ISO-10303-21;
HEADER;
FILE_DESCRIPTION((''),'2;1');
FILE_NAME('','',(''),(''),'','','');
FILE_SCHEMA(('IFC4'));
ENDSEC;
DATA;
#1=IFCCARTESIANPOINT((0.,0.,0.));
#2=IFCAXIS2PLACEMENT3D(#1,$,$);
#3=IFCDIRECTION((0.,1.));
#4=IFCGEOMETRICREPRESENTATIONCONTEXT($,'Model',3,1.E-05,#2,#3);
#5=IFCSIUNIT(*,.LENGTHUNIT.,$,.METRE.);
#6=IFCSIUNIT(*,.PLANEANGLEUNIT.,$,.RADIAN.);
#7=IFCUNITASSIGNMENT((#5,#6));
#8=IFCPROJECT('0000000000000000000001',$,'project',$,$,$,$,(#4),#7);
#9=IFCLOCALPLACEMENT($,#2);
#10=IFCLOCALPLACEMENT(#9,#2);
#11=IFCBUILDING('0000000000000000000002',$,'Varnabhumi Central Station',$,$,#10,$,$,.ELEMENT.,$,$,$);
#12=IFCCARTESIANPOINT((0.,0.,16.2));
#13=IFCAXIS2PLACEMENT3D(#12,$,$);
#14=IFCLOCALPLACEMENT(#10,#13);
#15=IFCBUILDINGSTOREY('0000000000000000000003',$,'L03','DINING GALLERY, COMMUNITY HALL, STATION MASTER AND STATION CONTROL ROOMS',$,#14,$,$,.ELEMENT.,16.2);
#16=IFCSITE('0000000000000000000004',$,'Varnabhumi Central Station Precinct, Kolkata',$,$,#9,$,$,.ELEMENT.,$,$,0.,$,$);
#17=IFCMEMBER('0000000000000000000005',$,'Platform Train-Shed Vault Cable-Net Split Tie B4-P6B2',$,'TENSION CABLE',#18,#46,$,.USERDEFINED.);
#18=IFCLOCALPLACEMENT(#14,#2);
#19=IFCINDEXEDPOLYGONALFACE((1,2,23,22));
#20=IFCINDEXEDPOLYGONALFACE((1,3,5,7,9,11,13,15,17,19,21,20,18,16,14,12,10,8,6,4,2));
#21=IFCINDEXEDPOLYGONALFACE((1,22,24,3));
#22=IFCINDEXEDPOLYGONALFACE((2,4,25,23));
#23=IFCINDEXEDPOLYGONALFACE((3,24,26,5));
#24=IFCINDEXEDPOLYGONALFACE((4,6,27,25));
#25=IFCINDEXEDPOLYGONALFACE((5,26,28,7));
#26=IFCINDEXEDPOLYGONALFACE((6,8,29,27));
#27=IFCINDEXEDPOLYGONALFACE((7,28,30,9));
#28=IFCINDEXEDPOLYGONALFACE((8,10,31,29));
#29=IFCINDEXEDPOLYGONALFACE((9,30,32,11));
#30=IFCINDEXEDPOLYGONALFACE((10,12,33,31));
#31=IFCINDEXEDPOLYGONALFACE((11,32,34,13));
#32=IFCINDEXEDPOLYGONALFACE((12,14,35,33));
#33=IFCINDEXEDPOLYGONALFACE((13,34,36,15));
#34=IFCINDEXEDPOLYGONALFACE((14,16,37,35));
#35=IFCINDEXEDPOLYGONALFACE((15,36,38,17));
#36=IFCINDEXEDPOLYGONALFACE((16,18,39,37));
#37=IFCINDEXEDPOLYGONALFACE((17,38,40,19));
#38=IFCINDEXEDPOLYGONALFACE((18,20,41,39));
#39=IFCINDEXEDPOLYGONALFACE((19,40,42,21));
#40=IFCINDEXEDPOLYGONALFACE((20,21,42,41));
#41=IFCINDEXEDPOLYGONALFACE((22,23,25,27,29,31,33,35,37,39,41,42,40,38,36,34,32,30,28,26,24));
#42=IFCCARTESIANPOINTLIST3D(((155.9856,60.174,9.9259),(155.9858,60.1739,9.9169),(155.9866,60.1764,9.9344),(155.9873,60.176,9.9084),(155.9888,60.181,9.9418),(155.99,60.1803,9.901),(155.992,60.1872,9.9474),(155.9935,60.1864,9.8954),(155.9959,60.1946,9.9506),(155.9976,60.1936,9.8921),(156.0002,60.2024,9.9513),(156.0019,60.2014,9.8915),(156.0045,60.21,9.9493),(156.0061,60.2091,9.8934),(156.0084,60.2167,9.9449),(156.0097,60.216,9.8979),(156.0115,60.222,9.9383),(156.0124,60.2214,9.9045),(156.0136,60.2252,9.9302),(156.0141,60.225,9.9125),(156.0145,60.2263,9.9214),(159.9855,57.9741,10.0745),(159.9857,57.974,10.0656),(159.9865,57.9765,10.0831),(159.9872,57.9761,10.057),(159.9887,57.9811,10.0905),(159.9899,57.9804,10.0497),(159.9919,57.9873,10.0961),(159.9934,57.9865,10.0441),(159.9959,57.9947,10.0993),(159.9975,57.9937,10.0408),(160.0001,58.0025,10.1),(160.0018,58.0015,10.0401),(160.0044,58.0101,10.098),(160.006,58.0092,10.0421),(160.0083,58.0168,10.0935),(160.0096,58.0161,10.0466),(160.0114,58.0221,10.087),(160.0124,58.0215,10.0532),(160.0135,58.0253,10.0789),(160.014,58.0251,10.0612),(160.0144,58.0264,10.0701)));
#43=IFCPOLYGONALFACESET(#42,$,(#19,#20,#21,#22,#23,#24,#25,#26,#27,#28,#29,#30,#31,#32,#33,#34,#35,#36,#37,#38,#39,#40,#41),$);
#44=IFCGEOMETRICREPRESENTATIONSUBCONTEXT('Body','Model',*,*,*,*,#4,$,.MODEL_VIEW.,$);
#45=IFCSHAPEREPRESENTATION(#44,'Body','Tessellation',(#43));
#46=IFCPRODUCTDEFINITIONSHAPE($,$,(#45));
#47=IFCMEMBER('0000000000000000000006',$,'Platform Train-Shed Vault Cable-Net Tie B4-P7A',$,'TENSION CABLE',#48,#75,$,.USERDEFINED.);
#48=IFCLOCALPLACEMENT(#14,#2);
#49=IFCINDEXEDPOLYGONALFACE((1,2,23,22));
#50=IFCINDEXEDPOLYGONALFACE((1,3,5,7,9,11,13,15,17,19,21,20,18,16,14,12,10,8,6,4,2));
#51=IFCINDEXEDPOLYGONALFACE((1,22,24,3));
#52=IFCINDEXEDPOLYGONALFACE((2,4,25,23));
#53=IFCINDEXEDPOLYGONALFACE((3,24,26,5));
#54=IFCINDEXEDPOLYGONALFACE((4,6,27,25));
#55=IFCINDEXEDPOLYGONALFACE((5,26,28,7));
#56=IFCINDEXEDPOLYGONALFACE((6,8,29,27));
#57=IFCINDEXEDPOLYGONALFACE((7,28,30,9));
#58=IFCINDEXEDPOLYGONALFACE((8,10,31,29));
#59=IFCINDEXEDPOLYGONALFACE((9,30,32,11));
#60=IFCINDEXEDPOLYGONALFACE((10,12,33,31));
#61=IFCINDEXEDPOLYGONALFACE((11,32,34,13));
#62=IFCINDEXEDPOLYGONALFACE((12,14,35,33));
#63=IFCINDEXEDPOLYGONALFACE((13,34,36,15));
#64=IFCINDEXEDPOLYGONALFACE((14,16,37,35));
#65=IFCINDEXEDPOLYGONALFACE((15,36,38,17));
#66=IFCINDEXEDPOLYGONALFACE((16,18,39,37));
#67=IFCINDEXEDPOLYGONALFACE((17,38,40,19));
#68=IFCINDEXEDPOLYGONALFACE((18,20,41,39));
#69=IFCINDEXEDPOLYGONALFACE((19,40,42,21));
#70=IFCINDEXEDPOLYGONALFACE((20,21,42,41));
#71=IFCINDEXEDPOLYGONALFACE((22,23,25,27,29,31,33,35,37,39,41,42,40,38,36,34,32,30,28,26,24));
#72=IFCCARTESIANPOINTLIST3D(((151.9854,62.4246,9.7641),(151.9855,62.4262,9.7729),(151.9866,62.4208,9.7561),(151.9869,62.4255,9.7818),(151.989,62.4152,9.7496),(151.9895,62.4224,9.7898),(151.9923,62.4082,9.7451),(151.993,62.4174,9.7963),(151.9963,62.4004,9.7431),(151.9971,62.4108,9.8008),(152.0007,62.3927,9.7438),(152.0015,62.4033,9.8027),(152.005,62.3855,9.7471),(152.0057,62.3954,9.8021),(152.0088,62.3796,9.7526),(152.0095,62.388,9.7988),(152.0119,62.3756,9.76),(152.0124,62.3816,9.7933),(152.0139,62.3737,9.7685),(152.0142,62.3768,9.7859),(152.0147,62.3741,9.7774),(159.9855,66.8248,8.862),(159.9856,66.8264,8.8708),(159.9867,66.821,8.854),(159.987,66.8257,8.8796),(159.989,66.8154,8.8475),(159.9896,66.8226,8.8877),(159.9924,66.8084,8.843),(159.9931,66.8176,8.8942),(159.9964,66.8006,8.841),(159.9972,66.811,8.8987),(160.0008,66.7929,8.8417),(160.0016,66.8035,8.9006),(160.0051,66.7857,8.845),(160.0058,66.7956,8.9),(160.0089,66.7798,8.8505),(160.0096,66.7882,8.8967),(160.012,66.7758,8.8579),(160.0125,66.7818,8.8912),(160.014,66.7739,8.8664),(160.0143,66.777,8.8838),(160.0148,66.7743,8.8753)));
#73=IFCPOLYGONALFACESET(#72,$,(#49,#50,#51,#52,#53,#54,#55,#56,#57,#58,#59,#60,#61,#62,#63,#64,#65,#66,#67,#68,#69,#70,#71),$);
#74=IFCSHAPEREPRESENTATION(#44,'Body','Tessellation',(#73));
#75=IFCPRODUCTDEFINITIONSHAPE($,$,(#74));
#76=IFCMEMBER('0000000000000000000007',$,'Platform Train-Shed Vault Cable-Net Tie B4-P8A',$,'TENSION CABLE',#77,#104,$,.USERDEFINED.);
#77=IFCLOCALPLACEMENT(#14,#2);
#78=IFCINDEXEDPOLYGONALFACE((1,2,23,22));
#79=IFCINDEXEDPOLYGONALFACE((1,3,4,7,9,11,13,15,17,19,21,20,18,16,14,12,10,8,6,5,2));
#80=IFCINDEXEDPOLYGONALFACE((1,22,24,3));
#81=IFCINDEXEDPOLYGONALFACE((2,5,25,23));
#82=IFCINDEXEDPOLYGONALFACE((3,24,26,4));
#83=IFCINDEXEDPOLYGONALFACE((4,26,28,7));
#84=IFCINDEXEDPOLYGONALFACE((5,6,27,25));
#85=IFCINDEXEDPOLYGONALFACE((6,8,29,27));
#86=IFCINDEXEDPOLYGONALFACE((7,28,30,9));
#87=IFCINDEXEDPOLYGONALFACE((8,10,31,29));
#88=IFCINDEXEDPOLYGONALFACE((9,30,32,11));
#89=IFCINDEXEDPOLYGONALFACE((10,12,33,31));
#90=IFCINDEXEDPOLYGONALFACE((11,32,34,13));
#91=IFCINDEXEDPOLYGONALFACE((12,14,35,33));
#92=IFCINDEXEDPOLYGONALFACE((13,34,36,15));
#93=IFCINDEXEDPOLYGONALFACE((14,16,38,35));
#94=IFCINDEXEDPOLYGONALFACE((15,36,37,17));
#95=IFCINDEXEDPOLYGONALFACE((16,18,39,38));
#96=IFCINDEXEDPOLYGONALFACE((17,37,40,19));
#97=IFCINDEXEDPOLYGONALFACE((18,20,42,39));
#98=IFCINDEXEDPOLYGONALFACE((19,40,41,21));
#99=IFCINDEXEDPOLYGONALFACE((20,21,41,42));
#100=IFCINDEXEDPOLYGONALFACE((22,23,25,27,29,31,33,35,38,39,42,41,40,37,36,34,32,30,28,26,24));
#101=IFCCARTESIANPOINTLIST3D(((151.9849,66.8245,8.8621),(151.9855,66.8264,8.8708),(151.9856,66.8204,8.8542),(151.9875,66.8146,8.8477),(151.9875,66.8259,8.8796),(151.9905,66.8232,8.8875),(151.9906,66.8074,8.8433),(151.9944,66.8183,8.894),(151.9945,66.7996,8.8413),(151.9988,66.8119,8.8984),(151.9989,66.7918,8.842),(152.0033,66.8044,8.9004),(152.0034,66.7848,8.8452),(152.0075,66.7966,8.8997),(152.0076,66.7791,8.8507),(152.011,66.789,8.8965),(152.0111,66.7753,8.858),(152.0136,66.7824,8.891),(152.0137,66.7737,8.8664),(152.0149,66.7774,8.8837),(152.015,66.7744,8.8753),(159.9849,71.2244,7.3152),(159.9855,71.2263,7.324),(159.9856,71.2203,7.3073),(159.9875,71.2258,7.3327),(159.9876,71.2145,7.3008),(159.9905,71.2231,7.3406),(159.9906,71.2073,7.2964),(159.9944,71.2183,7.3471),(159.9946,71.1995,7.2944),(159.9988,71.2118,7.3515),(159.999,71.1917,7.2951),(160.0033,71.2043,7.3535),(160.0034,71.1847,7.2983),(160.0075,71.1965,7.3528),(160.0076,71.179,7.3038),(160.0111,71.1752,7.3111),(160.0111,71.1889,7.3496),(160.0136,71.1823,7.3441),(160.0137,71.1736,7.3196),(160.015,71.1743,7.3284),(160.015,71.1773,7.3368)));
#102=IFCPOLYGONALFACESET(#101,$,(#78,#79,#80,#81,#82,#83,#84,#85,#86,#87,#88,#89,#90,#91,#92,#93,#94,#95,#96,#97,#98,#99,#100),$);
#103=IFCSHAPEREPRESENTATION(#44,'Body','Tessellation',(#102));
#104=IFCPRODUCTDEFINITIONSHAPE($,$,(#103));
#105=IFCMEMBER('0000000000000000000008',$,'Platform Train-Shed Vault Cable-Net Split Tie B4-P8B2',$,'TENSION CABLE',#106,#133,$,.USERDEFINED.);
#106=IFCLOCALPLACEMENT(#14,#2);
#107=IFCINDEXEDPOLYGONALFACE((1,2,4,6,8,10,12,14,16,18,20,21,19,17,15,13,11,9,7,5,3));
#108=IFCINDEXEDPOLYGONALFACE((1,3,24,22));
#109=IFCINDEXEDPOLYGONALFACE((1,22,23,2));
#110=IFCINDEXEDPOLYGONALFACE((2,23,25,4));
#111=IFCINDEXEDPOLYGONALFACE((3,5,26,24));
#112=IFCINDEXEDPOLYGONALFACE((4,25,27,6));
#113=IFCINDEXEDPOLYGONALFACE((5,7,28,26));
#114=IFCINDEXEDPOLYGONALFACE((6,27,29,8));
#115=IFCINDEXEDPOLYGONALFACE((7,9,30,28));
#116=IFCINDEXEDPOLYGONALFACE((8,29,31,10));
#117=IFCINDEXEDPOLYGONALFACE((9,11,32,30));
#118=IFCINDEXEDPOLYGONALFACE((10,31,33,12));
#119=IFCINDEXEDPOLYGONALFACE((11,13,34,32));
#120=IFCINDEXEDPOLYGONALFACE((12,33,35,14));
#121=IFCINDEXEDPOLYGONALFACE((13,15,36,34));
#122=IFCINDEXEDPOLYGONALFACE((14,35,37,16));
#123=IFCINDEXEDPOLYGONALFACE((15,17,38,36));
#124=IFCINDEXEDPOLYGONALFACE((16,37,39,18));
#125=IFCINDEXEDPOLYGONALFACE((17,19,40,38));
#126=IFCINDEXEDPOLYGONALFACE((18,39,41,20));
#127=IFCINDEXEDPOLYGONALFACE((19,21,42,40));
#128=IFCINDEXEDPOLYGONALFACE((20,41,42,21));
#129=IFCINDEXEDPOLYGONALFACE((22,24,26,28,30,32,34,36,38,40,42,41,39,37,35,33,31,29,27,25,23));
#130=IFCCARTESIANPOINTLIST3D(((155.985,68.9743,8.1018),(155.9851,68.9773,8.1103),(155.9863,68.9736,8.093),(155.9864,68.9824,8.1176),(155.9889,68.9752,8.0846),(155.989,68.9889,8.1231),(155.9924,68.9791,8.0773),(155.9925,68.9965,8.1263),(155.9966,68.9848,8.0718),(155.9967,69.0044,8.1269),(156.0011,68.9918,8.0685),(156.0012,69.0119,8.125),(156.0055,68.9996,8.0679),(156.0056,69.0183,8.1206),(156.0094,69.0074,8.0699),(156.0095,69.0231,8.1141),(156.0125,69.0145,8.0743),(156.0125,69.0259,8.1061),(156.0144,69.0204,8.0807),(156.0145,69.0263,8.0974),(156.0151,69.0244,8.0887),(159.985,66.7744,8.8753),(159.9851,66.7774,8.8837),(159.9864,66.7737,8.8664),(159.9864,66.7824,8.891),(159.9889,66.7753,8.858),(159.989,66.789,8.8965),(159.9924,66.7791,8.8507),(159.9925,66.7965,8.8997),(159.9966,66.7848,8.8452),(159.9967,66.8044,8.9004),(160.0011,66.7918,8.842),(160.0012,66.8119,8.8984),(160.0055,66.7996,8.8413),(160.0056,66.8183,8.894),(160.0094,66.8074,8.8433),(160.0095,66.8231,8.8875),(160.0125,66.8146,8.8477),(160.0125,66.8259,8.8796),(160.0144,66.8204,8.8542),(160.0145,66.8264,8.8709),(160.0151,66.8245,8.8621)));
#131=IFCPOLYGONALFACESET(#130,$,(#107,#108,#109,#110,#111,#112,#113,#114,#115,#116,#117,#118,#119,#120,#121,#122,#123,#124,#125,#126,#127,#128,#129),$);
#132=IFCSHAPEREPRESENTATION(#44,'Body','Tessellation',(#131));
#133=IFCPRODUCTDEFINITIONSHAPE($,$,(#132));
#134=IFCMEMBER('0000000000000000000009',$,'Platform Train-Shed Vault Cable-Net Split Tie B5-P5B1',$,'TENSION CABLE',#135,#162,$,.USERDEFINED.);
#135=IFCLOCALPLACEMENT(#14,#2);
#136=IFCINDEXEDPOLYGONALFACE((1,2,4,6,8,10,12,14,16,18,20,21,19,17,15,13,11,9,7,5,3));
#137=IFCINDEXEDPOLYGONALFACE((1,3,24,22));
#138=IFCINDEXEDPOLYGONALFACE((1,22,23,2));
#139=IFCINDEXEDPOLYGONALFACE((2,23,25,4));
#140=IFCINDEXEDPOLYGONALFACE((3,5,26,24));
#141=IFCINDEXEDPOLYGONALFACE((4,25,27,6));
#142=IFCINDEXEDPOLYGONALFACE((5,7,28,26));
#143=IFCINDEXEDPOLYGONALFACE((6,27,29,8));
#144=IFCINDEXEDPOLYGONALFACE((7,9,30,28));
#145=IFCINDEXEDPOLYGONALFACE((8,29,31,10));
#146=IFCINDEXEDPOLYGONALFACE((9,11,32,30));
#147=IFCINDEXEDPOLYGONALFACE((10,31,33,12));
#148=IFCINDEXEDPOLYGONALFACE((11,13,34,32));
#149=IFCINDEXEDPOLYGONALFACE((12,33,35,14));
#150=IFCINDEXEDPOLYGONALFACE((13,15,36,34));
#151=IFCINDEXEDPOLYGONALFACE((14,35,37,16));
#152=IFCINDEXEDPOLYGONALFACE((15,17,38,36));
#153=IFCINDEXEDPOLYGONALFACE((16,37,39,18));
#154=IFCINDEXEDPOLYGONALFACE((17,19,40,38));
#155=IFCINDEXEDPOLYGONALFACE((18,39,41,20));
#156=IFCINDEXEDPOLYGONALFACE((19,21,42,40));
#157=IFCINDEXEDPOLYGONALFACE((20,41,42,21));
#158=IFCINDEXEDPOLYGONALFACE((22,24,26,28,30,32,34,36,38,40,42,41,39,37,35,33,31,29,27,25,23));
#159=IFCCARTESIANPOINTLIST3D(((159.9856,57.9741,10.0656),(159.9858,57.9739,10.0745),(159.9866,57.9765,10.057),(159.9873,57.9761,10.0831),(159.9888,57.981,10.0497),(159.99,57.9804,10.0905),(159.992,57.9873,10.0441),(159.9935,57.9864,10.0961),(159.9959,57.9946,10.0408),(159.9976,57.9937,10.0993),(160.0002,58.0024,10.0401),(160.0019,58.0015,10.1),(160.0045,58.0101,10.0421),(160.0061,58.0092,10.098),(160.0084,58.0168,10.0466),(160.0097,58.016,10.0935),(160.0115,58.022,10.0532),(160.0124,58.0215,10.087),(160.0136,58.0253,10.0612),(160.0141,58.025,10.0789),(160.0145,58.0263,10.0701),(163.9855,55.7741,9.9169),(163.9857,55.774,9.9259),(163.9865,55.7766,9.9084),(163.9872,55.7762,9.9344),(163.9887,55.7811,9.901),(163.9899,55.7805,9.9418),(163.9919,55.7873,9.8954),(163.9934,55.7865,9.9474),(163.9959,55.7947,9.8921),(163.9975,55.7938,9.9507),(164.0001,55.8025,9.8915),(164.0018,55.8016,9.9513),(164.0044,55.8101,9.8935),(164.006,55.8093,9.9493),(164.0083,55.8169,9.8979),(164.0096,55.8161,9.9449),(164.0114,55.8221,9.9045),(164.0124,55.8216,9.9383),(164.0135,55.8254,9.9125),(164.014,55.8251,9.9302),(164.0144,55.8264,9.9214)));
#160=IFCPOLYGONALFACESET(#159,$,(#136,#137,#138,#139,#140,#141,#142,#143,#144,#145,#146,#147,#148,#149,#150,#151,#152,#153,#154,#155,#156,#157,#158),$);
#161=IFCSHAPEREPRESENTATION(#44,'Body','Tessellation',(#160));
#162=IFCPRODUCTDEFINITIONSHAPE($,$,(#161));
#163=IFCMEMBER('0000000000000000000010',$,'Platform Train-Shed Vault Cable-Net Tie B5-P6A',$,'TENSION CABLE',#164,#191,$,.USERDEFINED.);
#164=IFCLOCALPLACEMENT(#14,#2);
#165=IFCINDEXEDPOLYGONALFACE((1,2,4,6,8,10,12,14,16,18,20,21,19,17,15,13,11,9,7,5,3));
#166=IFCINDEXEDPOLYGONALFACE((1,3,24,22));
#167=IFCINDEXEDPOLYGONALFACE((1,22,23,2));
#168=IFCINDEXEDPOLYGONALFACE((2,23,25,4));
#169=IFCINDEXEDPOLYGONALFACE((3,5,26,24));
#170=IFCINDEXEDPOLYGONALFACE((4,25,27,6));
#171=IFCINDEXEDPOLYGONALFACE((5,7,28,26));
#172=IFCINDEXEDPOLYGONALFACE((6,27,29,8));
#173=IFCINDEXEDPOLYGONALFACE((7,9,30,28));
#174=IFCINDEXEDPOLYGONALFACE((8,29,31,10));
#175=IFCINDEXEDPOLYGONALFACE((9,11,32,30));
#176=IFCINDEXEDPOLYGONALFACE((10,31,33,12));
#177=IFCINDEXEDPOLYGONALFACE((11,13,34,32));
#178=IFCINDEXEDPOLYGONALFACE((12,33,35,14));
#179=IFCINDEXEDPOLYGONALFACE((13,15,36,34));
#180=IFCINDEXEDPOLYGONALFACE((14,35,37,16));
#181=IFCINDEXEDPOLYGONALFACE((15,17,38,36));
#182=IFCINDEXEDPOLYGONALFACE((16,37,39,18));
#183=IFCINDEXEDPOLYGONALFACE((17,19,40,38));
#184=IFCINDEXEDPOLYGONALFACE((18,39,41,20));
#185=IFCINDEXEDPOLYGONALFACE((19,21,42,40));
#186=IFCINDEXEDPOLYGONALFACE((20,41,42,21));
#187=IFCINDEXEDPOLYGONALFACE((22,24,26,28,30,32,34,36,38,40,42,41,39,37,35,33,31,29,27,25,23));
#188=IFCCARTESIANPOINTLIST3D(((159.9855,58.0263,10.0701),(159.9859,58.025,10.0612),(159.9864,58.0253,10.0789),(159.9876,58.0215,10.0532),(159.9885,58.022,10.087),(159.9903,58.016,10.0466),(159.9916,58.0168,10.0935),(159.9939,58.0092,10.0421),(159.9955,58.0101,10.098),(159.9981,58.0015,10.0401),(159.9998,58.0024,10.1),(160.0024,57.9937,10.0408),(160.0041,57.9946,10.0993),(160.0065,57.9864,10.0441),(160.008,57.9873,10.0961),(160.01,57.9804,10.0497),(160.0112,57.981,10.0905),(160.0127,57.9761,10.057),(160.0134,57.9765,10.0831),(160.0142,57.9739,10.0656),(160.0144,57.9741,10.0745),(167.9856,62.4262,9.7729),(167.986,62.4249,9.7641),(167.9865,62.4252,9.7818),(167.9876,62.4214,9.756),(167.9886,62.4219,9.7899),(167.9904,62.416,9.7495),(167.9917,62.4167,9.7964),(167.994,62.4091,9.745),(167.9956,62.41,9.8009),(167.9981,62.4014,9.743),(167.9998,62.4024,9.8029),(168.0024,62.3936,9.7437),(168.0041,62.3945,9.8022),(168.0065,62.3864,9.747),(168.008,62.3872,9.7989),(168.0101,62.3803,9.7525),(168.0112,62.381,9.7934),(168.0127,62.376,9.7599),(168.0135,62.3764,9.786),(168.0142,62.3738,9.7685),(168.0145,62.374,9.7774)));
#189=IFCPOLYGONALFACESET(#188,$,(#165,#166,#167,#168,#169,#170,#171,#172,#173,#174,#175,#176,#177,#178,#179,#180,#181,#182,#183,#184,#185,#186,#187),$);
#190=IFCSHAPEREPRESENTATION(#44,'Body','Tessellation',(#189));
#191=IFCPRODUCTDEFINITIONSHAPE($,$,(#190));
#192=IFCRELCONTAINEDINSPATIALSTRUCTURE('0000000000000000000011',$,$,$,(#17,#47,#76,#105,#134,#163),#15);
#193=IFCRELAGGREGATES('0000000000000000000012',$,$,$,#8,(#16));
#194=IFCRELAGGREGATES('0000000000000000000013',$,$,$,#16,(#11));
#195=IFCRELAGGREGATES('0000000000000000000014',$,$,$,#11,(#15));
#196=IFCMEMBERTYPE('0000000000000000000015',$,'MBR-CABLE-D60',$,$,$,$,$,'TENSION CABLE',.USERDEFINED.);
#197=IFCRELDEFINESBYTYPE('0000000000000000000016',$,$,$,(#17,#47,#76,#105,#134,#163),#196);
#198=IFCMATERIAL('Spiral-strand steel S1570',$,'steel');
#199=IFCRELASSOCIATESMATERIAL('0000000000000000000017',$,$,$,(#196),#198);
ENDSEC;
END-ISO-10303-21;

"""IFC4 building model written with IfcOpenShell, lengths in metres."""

from ifc_helpers import new_model, si_unit, direction, frame, origin, origin_2d, place, context, subcontext, project, spatial, circle, extrude, material, material_profile, profile_set, type_object, element, save


model = new_model("IFC4")

# Units and contexts
model_context = context("Model", 3, precision=1e-05, world=origin(), true_north=direction((0.0, 1.0)))
body_context = subcontext(model_context, "Body", "Model", "MODEL_VIEW")
ifc_project = project(units=[si_unit("LENGTHUNIT", "METRE"), si_unit("PLANEANGLEUNIT", "RADIAN")], contexts=[model_context])

# Site, building, storey
site_placement = place(None, origin())
site = spatial("IfcSite", under=ifc_project, at=site_placement, Name="Varnabhumi Central Station Precinct, Kolkata", CompositionType="ELEMENT", RefElevation=0.0)
building_placement = place(site_placement, origin())
building = spatial("IfcBuilding", under=site, at=building_placement, Name="Varnabhumi Central Station", CompositionType="ELEMENT")
storey_placement = place(building_placement, frame((0.0, 0.0, 16.2)))
storey = spatial("IfcBuildingStorey", under=building, at=storey_placement, Name="L03", Description="DINING GALLERY, COMMUNITY HALL, STATION MASTER AND STATION CONTROL ROOMS", CompositionType="ELEMENT", Elevation=16.2)

# Members
ifc_material_1 = material(Name="Spiral-strand steel S1570", Category="steel")
ifc_material_profile_1 = material_profile(ifc_material_1, circle(Radius=0.03, at=origin_2d()), Name="Spiral-strand steel S1570", Category="steel")
ifc_profile_set_1 = profile_set([ifc_material_profile_1], Name="Spiral-strand steel S1570")
member_type = type_object("IfcMemberType", Name="MBR-CABLE-D60", ElementType="TENSION CABLE", PredefinedType="USERDEFINED", material=ifc_profile_set_1)
for number, where, z_axis, x_axis, name in (
    (1, (156.0, 60.2, 9.9214), (0.875756, -0.481655, 0.032552), (0.481911, 0.87622, 0.0), "Platform Train-Shed Vault Cable-Net Split Tie B4-P6B2"),
):
    element("IfcMember", number, at=place(storey_placement, frame(where, z_axis=z_axis, x_axis=x_axis)), inside=storey, type_object=member_type, Name=name, ObjectType="TENSION CABLE", PredefinedType="USERDEFINED", context=body_context, shape_type="SweptSolid", body=[
        extrude(circle(Radius=0.03, at=origin_2d()), origin(), (0.0, 0.0, 1.0), 4.5674),
    ])
member_1_placement = place(storey_placement, frame((152.0, 62.3999, 9.7729), z_axis=(0.871963, 0.479596, -0.098325), x_axis=(-0.481931, 0.876209, 0.0)))
element("IfcMember", 2, at=member_1_placement, inside=storey, type_object=member_type, Name="Platform Train-Shed Vault Cable-Net Tie B4-P7A", ObjectType="TENSION CABLE", PredefinedType="USERDEFINED", context=body_context, shape_type="SweptSolid", body=[
    extrude(circle(Radius=0.03, at=origin_2d()), origin(), (0.0, 0.0, 1.0), 9.1748),
])
member_2_placement = place(storey_placement, frame((152.0, 66.8, 8.8708), z_axis=(0.863909, 0.475139, -0.167045), x_axis=(-0.481911, 0.87622, 0.0)))
element("IfcMember", 3, at=member_2_placement, inside=storey, type_object=member_type, Name="Platform Train-Shed Vault Cable-Net Tie B4-P8A", ObjectType="TENSION CABLE", PredefinedType="USERDEFINED", context=body_context, shape_type="SweptSolid", body=[
    extrude(circle(Radius=0.03, at=origin_2d()), origin(), (0.0, 0.0, 1.0), 9.2603),
])
member_3_placement = place(storey_placement, frame((156.0, 69.0, 8.0974), z_axis=(0.863909, -0.475139, 0.167045), x_axis=(0.481911, 0.87622, 0.0)))
element("IfcMember", 4, at=member_3_placement, inside=storey, type_object=member_type, Name="Platform Train-Shed Vault Cable-Net Split Tie B4-P8B2", ObjectType="TENSION CABLE", PredefinedType="USERDEFINED", context=body_context, shape_type="SweptSolid", body=[
    extrude(circle(Radius=0.03, at=origin_2d()), origin(), (0.0, 0.0, 1.0), 4.6301),
])
member_4_placement = place(storey_placement, frame((160.0, 58.0, 10.0701), z_axis=(0.875756, -0.481655, -0.032552), x_axis=(0.481911, 0.87622, 0.0)))
element("IfcMember", 5, at=member_4_placement, inside=storey, type_object=member_type, Name="Platform Train-Shed Vault Cable-Net Split Tie B5-P5B1", ObjectType="TENSION CABLE", PredefinedType="USERDEFINED", context=body_context, shape_type="SweptSolid", body=[
    extrude(circle(Radius=0.03, at=origin_2d()), origin(), (0.0, 0.0, 1.0), 4.5674),
])
member_5_placement = place(storey_placement, frame((160.0, 58.0, 10.0701), z_axis=(0.875757, 0.481656, -0.032526), x_axis=(-0.481911, 0.87622, 0.0)))
element("IfcMember", 6, at=member_5_placement, inside=storey, type_object=member_type, Name="Platform Train-Shed Vault Cable-Net Tie B5-P6A", ObjectType="TENSION CABLE", PredefinedType="USERDEFINED", context=body_context, shape_type="SweptSolid", body=[
    extrude(circle(Radius=0.03, at=origin_2d()), origin(), (0.0, 0.0, 1.0), 9.135),
])

save(model, "model.ifc")
